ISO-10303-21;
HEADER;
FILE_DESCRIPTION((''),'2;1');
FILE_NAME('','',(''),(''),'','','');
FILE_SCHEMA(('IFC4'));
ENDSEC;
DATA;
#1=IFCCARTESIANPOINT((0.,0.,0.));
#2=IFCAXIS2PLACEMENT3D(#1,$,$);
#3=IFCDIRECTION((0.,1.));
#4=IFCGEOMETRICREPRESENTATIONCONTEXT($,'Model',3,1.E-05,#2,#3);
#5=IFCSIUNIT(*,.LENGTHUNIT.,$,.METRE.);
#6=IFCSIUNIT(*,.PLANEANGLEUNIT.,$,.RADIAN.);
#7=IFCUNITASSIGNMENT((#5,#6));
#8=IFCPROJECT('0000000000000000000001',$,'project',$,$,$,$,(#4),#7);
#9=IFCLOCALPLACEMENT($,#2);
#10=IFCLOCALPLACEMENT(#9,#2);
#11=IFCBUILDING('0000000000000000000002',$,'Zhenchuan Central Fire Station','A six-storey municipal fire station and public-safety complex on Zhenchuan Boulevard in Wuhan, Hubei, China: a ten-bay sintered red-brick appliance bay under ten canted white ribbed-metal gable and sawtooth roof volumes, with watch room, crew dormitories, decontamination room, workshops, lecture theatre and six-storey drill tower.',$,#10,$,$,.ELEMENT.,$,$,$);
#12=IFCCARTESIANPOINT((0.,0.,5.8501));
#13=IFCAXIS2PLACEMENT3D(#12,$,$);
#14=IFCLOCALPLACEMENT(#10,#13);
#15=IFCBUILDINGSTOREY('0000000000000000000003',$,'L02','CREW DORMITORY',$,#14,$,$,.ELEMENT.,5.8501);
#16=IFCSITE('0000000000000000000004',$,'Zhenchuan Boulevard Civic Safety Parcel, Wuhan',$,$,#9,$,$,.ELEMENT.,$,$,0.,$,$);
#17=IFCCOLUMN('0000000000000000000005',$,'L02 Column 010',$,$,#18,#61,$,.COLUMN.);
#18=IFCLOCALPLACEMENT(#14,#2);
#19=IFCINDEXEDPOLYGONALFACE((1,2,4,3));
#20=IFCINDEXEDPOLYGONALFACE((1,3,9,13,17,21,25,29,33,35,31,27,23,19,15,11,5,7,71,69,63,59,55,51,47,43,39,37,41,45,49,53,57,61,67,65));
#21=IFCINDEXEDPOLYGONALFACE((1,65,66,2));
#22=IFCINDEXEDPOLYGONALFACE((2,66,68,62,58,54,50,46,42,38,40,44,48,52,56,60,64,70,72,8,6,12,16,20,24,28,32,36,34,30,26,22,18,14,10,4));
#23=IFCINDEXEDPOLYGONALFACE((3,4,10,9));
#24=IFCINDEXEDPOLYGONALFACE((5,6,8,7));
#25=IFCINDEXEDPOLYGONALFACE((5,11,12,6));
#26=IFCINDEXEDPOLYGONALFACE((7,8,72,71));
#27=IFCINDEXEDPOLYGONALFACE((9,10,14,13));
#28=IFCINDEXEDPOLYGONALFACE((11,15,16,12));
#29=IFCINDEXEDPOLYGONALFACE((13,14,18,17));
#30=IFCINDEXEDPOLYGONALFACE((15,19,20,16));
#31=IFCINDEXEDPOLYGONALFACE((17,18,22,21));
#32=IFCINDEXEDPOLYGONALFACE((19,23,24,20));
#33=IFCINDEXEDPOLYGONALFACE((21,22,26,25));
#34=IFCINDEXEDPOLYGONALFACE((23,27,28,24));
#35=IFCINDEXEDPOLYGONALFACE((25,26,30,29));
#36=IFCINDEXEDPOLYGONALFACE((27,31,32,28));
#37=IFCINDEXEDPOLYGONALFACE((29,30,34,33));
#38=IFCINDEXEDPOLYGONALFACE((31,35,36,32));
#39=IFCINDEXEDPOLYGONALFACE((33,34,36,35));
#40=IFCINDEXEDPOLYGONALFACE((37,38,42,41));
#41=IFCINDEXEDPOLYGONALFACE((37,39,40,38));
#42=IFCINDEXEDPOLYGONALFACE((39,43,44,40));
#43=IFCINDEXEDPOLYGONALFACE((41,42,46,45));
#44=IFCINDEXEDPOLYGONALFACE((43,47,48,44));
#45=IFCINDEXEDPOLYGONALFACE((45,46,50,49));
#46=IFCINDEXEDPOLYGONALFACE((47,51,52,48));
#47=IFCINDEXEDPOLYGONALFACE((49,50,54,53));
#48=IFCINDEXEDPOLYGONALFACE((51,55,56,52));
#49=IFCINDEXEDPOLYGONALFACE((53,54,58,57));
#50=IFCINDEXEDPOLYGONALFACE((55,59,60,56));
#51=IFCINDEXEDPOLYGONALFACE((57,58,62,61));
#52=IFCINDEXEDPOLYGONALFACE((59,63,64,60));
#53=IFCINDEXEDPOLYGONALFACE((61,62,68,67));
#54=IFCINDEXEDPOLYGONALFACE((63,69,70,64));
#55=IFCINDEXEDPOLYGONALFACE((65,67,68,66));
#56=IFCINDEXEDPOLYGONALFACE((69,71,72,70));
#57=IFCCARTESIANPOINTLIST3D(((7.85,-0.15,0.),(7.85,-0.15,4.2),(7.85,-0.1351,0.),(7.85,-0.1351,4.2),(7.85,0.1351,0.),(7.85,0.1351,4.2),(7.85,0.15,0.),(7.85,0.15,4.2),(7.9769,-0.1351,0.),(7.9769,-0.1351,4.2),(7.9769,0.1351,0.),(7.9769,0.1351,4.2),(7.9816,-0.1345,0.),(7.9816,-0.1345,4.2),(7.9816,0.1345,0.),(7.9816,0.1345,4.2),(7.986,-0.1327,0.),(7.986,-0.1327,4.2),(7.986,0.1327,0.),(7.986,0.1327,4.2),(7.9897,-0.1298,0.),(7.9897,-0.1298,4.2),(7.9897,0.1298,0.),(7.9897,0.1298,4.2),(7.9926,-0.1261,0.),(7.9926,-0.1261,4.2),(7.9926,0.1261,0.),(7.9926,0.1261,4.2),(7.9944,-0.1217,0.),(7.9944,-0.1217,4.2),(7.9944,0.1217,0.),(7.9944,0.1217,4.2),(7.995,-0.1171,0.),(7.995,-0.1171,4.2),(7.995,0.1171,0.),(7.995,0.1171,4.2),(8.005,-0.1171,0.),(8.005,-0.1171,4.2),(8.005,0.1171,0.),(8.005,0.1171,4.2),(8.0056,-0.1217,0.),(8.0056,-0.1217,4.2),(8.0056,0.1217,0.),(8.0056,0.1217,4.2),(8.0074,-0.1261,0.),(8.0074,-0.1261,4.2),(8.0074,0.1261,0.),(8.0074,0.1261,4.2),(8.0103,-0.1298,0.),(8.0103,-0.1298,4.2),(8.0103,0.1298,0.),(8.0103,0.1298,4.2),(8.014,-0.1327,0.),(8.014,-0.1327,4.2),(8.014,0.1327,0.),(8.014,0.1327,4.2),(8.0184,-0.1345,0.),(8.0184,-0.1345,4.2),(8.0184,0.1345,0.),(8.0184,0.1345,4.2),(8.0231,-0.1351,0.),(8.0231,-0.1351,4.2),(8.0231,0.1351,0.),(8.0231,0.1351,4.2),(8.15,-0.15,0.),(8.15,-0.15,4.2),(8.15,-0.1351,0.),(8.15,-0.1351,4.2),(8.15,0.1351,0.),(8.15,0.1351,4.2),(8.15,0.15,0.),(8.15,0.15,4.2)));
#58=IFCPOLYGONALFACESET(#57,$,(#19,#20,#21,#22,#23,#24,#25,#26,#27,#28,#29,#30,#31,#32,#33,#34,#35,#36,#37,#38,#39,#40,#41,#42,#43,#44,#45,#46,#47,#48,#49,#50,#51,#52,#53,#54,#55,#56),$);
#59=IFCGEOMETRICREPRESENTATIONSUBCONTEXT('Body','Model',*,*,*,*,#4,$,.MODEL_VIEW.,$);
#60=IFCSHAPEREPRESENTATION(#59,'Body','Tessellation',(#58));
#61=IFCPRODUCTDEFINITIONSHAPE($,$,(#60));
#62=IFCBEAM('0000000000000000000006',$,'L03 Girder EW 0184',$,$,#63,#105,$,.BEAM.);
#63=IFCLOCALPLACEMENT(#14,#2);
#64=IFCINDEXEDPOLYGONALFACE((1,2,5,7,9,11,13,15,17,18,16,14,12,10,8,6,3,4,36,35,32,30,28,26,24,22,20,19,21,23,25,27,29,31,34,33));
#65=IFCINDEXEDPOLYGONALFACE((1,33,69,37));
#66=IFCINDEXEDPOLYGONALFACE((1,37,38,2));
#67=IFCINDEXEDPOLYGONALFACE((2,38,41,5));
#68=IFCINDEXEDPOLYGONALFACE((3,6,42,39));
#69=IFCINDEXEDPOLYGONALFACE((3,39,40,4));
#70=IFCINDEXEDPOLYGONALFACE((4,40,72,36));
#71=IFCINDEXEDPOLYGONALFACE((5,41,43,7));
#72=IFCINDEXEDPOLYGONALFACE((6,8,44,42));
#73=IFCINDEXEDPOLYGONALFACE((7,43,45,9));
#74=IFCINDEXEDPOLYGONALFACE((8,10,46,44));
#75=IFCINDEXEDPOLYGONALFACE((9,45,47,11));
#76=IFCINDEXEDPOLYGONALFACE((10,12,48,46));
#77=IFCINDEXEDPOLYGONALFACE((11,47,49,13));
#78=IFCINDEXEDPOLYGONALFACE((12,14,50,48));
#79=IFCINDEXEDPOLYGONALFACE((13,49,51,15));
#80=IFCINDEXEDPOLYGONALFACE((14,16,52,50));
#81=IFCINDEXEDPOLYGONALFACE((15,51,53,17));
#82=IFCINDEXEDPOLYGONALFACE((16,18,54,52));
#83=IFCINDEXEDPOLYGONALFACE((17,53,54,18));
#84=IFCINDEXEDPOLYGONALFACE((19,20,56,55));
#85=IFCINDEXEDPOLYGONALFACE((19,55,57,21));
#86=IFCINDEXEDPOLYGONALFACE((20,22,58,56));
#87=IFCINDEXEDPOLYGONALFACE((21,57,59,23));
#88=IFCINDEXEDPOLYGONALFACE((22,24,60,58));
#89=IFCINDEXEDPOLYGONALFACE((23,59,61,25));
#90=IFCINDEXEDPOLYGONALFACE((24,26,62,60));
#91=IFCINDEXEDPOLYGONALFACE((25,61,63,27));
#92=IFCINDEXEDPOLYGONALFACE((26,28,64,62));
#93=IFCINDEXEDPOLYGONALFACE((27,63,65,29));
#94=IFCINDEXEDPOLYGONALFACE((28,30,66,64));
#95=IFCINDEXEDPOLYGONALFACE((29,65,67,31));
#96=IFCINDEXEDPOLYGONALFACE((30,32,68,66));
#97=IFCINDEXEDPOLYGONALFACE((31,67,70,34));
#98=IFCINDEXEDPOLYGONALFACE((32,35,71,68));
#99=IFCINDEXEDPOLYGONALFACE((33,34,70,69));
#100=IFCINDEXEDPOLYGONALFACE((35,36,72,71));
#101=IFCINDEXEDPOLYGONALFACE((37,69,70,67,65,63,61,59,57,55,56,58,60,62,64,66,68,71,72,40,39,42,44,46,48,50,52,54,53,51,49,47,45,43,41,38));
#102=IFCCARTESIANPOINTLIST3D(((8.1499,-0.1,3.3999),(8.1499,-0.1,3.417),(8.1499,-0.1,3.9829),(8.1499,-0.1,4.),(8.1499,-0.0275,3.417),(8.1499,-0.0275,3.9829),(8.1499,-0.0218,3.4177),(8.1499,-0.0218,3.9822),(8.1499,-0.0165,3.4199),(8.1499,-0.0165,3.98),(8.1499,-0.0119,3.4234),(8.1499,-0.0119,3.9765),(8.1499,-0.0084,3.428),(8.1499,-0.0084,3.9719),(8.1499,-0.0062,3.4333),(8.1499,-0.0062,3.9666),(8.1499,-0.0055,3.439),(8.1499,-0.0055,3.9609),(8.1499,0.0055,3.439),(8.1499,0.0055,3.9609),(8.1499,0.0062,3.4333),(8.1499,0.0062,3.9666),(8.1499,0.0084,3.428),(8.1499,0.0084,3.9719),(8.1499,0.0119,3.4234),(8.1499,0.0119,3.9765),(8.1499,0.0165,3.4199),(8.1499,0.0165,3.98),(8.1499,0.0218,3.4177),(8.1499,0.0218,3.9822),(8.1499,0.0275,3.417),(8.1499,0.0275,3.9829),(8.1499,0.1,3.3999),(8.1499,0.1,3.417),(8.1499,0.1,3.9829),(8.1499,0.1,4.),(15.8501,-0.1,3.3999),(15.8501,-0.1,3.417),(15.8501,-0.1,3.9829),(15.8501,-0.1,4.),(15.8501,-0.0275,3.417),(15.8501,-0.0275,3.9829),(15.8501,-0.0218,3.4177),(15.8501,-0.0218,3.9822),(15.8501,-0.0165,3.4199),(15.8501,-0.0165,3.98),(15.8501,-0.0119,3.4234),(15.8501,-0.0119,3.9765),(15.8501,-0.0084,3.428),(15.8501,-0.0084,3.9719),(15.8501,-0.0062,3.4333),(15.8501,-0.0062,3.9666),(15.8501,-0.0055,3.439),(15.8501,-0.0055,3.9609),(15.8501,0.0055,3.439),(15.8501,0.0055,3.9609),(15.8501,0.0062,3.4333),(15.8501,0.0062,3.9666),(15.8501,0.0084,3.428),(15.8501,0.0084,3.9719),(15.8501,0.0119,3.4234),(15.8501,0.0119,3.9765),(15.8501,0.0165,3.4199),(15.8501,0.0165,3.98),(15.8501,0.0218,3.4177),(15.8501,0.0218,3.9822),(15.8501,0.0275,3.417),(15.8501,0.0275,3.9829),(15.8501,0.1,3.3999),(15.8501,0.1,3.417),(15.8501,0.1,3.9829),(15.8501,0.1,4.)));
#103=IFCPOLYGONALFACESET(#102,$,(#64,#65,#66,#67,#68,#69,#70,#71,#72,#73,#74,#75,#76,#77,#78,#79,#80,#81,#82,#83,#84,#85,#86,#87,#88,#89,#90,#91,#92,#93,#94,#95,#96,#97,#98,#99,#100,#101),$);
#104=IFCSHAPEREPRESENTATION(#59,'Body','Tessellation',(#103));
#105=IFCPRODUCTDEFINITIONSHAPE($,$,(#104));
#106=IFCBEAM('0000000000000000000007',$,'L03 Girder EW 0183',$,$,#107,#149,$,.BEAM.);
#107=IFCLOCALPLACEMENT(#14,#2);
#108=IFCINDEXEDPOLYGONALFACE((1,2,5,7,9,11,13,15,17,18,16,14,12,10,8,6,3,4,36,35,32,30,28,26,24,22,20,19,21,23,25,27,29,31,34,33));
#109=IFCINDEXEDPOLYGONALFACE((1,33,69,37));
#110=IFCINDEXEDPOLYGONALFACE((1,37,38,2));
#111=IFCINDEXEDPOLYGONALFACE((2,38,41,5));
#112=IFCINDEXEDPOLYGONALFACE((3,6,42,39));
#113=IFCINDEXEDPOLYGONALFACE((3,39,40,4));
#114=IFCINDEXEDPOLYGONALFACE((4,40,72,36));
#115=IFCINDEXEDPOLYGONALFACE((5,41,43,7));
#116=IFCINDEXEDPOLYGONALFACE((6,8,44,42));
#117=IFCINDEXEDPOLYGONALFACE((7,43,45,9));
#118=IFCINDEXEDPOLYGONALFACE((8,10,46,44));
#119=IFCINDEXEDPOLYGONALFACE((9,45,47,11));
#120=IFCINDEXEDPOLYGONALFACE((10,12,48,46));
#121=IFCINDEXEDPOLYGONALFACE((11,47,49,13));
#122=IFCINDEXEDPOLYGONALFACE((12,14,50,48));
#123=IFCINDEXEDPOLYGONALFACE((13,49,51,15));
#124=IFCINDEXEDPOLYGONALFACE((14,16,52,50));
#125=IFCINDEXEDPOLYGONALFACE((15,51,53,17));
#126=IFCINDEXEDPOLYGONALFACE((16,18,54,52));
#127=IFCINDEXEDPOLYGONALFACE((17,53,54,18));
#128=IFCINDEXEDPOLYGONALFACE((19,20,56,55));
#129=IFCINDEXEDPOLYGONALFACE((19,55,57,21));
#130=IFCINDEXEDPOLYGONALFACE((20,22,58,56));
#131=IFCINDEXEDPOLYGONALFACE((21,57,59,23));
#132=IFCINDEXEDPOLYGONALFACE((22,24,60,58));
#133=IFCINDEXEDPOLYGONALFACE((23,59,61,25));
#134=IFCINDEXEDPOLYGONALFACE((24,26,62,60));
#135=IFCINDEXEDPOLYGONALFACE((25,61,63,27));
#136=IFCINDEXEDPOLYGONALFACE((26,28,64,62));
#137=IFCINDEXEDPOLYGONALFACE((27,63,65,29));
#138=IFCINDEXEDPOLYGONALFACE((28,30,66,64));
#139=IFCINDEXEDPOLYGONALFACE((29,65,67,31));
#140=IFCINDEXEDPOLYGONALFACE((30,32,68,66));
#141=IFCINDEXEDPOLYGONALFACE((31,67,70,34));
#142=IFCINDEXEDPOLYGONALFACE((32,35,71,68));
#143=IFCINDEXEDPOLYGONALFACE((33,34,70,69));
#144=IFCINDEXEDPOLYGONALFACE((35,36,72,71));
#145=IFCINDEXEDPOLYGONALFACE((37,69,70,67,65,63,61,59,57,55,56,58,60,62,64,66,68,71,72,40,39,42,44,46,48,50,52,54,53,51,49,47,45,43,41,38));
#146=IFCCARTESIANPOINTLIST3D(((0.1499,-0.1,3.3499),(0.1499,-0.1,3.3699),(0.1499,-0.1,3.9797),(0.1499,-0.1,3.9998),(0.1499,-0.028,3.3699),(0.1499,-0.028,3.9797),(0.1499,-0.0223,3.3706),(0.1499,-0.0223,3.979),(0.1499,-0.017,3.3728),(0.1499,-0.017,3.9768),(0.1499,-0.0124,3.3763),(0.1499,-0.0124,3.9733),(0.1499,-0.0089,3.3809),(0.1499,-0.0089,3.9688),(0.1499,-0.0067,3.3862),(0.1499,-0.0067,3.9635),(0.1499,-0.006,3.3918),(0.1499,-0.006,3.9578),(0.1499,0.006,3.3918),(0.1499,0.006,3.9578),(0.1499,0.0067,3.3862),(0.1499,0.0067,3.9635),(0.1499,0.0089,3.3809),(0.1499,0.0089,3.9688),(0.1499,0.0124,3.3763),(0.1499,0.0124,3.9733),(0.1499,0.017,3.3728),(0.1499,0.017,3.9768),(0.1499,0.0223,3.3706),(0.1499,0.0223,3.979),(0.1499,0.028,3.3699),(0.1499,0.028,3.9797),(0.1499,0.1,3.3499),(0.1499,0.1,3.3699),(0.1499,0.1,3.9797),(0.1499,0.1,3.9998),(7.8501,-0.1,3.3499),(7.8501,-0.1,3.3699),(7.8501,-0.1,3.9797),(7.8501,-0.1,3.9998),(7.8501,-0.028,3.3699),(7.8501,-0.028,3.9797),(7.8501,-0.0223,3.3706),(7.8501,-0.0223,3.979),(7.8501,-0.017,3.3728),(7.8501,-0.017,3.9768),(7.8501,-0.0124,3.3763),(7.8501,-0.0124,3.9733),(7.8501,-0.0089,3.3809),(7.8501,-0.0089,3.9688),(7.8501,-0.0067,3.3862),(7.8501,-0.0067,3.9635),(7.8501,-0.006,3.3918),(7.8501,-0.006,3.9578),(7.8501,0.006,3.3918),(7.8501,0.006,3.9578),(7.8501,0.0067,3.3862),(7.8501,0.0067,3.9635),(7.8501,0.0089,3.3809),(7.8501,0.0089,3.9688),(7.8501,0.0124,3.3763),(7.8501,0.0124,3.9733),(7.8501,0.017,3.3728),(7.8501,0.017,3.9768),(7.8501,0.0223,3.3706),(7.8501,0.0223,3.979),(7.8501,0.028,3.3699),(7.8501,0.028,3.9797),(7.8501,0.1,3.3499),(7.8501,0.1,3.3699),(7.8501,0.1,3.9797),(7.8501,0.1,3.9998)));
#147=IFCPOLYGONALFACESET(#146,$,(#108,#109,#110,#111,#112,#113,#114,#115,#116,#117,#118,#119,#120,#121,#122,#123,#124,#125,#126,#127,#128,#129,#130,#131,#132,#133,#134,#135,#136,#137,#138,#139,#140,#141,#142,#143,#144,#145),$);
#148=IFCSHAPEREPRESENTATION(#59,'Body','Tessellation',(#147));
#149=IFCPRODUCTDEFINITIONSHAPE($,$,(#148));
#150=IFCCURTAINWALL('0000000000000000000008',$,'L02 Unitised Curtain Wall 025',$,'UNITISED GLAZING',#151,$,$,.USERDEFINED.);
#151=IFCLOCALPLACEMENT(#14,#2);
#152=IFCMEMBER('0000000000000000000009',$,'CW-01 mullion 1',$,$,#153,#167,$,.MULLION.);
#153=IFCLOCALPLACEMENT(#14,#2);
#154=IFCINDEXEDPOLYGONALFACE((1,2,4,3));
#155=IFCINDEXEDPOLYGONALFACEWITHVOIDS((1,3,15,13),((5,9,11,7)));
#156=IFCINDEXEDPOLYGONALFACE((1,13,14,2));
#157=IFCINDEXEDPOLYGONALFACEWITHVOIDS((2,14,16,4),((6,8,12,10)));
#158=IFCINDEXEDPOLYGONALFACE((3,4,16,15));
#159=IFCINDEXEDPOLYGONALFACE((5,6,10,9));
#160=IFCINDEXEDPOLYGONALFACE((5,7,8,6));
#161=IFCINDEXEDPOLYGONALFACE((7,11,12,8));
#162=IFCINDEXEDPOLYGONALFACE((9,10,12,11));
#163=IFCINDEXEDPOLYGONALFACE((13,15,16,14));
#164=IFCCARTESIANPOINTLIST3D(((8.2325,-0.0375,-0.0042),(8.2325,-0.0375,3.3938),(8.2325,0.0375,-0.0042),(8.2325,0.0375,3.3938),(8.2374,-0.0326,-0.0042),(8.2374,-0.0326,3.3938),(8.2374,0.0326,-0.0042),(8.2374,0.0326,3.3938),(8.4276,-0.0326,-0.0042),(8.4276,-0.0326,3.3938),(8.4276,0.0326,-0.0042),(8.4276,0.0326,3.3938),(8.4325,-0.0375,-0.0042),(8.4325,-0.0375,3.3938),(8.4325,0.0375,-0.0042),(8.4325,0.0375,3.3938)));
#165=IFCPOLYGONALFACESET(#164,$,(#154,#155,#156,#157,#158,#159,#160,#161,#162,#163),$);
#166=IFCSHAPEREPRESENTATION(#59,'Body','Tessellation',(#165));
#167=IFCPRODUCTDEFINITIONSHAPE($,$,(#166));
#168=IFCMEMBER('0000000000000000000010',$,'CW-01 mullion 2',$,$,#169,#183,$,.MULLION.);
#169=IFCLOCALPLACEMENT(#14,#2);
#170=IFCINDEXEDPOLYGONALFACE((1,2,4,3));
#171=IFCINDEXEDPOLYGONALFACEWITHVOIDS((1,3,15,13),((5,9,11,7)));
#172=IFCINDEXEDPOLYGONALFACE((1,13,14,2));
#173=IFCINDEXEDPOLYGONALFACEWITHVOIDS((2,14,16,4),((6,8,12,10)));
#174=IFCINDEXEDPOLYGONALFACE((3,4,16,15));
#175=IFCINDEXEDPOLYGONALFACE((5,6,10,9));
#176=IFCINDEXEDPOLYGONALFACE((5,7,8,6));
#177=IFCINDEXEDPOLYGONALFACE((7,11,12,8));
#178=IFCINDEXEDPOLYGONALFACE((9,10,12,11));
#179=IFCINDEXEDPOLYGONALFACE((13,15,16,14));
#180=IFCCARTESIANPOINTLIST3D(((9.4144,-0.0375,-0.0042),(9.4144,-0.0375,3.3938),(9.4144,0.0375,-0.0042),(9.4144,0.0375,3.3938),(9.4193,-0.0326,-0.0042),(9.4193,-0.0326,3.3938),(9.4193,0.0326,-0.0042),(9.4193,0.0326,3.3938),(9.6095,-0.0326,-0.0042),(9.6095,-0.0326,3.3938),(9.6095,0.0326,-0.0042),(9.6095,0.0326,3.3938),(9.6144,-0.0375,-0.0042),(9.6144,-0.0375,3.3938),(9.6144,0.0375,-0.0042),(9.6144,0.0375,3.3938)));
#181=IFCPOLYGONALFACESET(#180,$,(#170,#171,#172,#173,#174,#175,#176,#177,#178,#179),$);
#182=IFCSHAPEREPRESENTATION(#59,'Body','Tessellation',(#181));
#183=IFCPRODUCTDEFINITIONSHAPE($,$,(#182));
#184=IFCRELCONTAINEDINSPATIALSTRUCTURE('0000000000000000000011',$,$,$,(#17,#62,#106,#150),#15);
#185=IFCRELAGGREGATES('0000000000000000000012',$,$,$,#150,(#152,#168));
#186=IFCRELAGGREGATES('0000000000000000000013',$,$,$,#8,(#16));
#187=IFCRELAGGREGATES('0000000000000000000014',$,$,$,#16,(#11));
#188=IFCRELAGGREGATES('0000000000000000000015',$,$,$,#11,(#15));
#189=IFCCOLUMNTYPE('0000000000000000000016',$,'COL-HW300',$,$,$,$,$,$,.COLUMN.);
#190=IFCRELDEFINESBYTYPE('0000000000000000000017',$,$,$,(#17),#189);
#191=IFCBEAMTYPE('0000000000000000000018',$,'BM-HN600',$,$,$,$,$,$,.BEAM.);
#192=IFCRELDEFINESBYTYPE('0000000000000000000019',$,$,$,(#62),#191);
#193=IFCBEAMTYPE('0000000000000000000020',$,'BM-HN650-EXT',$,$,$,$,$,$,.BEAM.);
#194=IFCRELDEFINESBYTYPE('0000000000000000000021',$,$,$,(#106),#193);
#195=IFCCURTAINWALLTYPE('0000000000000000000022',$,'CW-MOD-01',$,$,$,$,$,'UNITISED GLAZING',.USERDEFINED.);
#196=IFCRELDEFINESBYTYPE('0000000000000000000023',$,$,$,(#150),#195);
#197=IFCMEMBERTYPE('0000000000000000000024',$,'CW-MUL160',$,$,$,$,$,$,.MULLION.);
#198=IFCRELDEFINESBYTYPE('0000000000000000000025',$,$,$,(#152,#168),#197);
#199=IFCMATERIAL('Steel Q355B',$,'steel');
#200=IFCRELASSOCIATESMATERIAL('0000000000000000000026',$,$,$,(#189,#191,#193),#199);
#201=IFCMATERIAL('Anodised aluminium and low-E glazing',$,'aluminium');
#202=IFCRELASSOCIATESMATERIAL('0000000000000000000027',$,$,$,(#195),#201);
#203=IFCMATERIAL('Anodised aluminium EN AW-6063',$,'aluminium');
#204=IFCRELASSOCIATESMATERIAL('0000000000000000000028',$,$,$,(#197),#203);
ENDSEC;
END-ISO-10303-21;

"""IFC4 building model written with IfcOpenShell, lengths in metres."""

from ifc_helpers import new_model, si_unit, direction, frame, origin, origin_2d, place, context, subcontext, project, spatial, hollow_rectangle, i_section, extrude, material, material_profile, profile_set, type_object, element, aggregate, save


model = new_model("IFC4")

# Units and contexts
model_context = context("Model", 3, precision=1e-05, world=origin(), true_north=direction((0.0, 1.0)))
body_context = subcontext(model_context, "Body", "Model", "MODEL_VIEW")
ifc_project = project(units=[si_unit("LENGTHUNIT", "METRE"), si_unit("PLANEANGLEUNIT", "RADIAN")], contexts=[model_context])

# Site, building, storey
site_placement = place(None, origin())
site = spatial("IfcSite", under=ifc_project, at=site_placement, Name="Zhenchuan Boulevard Civic Safety Parcel, Wuhan", CompositionType="ELEMENT", RefElevation=0.0)
building_placement = place(site_placement, origin())
building = spatial("IfcBuilding", under=site, at=building_placement, Name="Zhenchuan Central Fire Station", Description="A six-storey municipal fire station and public-safety complex on Zhenchuan Boulevard in Wuhan, Hubei, China: a ten-bay sintered red-brick appliance bay under ten canted white ribbed-metal gable and sawtooth roof volumes, with watch room, crew dormitories, decontamination room, workshops, lecture theatre and six-storey drill tower.", CompositionType="ELEMENT")
storey_placement = place(building_placement, frame((0.0, 0.0, 5.8501)))
storey = spatial("IfcBuildingStorey", under=building, at=storey_placement, Name="L02", Description="CREW DORMITORY", CompositionType="ELEMENT", Elevation=5.8501)

# Column
ifc_material_1 = material(Name="Steel Q355B", Category="steel")
ifc_material_profile_1 = material_profile(ifc_material_1, i_section(OverallWidth=0.3, OverallDepth=0.3, WebThickness=0.01, FlangeThickness=0.0149, FilletRadius=0.0181, at=origin_2d()), Name="HW 300x300")
ifc_profile_set_1 = profile_set([ifc_material_profile_1], Name="Steel Q355B")
column_type = type_object("IfcColumnType", Name="COL-HW300", PredefinedType="COLUMN", material=ifc_profile_set_1)
column_placement = place(storey_placement, frame((8.0, 0.0, 0.0), z_axis=(0.0, 0.0, 1.0), x_axis=(1.0, 0.0, 0.0)))
element("IfcColumn", 1, at=column_placement, inside=storey, type_object=column_type, Name="L02 Column 010", PredefinedType="COLUMN", context=body_context, shape_type="SweptSolid", body=[
    extrude(i_section(OverallWidth=0.3, OverallDepth=0.3, WebThickness=0.01, FlangeThickness=0.0149, FilletRadius=0.0181, at=origin_2d()), origin(), (0.0, 0.0, 1.0), 4.2),
])

# Beams
ifc_material_profile_2 = material_profile(ifc_material_1, i_section(OverallWidth=0.2, OverallDepth=0.6001, WebThickness=0.011, FlangeThickness=0.0171, FilletRadius=0.022, at=origin_2d()), Name="HN 600x200")
ifc_profile_set_2 = profile_set([ifc_material_profile_2], Name="Steel Q355B")
beam_type_1 = type_object("IfcBeamType", Name="BM-HN600", PredefinedType="BEAM", material=ifc_profile_set_2)
beam_1_placement = place(storey_placement, frame((8.1499, 0.0, 3.7), z_axis=(1.0, 0.0, 0.0), x_axis=(0.0, 1.0, 0.0)))
element("IfcBeam", 2, at=beam_1_placement, inside=storey, type_object=beam_type_1, Name="L03 Girder EW 0184", PredefinedType="BEAM", context=body_context, shape_type="SweptSolid", body=[
    extrude(i_section(OverallWidth=0.2, OverallDepth=0.6001, WebThickness=0.011, FlangeThickness=0.0171, FilletRadius=0.022, at=origin_2d()), origin(), (0.0, 0.0, 1.0), 7.7002),
])
ifc_material_profile_3 = material_profile(ifc_material_1, i_section(OverallWidth=0.2, OverallDepth=0.6499, WebThickness=0.012, FlangeThickness=0.02, FilletRadius=0.022, at=origin_2d()), Name="HN 650x200")
ifc_profile_set_3 = profile_set([ifc_material_profile_3], Name="Steel Q355B")
beam_type_2 = type_object("IfcBeamType", Name="BM-HN650-EXT", PredefinedType="BEAM", material=ifc_profile_set_3)
beam_2_placement = place(storey_placement, frame((0.1499, 0.0, 3.6748), z_axis=(1.0, 0.0, 0.0), x_axis=(0.0, 1.0, 0.0)))
element("IfcBeam", 3, at=beam_2_placement, inside=storey, type_object=beam_type_2, Name="L03 Girder EW 0183", PredefinedType="BEAM", context=body_context, shape_type="SweptSolid", body=[
    extrude(i_section(OverallWidth=0.2, OverallDepth=0.6499, WebThickness=0.012, FlangeThickness=0.02, FilletRadius=0.022, at=origin_2d()), origin(), (0.0, 0.0, 1.0), 7.7002),
])

# Curtain wall, members
ifc_material_2 = material(Name="Anodised aluminium and low-E glazing", Category="aluminium")
curtain_wall_type_1 = type_object("IfcCurtainWallType", Name="CW-MOD-01", ElementType="UNITISED GLAZING", PredefinedType="USERDEFINED", material=ifc_material_2)
curtain_wall_1_placement = place(storey_placement, origin())
curtain_wall_1 = element("IfcCurtainWall", 4, at=curtain_wall_1_placement, inside=storey, type_object=curtain_wall_type_1, Name="L02 Unitised Curtain Wall 025", ObjectType="UNITISED GLAZING", PredefinedType="USERDEFINED")
ifc_material_3 = material(Name="Anodised aluminium EN AW-6063", Category="aluminium")
ifc_material_profile_4 = material_profile(ifc_material_3, hollow_rectangle(XDim=0.075, YDim=0.2, WallThickness=0.0049, at=origin_2d()), Name="ALU-M 200x75")
ifc_profile_set_4 = profile_set([ifc_material_profile_4], Name="Anodised aluminium EN AW-6063")
member_type_1 = type_object("IfcMemberType", Name="CW-MUL160", PredefinedType="MULLION", material=ifc_profile_set_4)
member_1_placement = place(storey_placement, frame((8.3325, 0.0, -0.0042), z_axis=(0.0, 0.0, 1.0), x_axis=(0.0, 1.0, 0.0)))
member_1 = element("IfcMember", 5, at=member_1_placement, type_object=member_type_1, Name="CW-01 mullion 1", PredefinedType="MULLION", context=body_context, shape_type="SweptSolid", body=[
    extrude(hollow_rectangle(XDim=0.075, YDim=0.2, WallThickness=0.0049, at=origin_2d()), origin(), (0.0, 0.0, 1.0), 3.3979),
])
member_2_placement = place(storey_placement, frame((9.5144, 0.0, -0.0042), z_axis=(0.0, 0.0, 1.0), x_axis=(0.0, 1.0, 0.0)))
member_2 = element("IfcMember", 6, at=member_2_placement, type_object=member_type_1, Name="CW-01 mullion 2", PredefinedType="MULLION", context=body_context, shape_type="SweptSolid", body=[
    extrude(hollow_rectangle(XDim=0.075, YDim=0.2, WallThickness=0.0049, at=origin_2d()), origin(), (0.0, 0.0, 1.0), 3.3979),
])

aggregate(curtain_wall_1, [member_1, member_2])

save(model, "model.ifc")
